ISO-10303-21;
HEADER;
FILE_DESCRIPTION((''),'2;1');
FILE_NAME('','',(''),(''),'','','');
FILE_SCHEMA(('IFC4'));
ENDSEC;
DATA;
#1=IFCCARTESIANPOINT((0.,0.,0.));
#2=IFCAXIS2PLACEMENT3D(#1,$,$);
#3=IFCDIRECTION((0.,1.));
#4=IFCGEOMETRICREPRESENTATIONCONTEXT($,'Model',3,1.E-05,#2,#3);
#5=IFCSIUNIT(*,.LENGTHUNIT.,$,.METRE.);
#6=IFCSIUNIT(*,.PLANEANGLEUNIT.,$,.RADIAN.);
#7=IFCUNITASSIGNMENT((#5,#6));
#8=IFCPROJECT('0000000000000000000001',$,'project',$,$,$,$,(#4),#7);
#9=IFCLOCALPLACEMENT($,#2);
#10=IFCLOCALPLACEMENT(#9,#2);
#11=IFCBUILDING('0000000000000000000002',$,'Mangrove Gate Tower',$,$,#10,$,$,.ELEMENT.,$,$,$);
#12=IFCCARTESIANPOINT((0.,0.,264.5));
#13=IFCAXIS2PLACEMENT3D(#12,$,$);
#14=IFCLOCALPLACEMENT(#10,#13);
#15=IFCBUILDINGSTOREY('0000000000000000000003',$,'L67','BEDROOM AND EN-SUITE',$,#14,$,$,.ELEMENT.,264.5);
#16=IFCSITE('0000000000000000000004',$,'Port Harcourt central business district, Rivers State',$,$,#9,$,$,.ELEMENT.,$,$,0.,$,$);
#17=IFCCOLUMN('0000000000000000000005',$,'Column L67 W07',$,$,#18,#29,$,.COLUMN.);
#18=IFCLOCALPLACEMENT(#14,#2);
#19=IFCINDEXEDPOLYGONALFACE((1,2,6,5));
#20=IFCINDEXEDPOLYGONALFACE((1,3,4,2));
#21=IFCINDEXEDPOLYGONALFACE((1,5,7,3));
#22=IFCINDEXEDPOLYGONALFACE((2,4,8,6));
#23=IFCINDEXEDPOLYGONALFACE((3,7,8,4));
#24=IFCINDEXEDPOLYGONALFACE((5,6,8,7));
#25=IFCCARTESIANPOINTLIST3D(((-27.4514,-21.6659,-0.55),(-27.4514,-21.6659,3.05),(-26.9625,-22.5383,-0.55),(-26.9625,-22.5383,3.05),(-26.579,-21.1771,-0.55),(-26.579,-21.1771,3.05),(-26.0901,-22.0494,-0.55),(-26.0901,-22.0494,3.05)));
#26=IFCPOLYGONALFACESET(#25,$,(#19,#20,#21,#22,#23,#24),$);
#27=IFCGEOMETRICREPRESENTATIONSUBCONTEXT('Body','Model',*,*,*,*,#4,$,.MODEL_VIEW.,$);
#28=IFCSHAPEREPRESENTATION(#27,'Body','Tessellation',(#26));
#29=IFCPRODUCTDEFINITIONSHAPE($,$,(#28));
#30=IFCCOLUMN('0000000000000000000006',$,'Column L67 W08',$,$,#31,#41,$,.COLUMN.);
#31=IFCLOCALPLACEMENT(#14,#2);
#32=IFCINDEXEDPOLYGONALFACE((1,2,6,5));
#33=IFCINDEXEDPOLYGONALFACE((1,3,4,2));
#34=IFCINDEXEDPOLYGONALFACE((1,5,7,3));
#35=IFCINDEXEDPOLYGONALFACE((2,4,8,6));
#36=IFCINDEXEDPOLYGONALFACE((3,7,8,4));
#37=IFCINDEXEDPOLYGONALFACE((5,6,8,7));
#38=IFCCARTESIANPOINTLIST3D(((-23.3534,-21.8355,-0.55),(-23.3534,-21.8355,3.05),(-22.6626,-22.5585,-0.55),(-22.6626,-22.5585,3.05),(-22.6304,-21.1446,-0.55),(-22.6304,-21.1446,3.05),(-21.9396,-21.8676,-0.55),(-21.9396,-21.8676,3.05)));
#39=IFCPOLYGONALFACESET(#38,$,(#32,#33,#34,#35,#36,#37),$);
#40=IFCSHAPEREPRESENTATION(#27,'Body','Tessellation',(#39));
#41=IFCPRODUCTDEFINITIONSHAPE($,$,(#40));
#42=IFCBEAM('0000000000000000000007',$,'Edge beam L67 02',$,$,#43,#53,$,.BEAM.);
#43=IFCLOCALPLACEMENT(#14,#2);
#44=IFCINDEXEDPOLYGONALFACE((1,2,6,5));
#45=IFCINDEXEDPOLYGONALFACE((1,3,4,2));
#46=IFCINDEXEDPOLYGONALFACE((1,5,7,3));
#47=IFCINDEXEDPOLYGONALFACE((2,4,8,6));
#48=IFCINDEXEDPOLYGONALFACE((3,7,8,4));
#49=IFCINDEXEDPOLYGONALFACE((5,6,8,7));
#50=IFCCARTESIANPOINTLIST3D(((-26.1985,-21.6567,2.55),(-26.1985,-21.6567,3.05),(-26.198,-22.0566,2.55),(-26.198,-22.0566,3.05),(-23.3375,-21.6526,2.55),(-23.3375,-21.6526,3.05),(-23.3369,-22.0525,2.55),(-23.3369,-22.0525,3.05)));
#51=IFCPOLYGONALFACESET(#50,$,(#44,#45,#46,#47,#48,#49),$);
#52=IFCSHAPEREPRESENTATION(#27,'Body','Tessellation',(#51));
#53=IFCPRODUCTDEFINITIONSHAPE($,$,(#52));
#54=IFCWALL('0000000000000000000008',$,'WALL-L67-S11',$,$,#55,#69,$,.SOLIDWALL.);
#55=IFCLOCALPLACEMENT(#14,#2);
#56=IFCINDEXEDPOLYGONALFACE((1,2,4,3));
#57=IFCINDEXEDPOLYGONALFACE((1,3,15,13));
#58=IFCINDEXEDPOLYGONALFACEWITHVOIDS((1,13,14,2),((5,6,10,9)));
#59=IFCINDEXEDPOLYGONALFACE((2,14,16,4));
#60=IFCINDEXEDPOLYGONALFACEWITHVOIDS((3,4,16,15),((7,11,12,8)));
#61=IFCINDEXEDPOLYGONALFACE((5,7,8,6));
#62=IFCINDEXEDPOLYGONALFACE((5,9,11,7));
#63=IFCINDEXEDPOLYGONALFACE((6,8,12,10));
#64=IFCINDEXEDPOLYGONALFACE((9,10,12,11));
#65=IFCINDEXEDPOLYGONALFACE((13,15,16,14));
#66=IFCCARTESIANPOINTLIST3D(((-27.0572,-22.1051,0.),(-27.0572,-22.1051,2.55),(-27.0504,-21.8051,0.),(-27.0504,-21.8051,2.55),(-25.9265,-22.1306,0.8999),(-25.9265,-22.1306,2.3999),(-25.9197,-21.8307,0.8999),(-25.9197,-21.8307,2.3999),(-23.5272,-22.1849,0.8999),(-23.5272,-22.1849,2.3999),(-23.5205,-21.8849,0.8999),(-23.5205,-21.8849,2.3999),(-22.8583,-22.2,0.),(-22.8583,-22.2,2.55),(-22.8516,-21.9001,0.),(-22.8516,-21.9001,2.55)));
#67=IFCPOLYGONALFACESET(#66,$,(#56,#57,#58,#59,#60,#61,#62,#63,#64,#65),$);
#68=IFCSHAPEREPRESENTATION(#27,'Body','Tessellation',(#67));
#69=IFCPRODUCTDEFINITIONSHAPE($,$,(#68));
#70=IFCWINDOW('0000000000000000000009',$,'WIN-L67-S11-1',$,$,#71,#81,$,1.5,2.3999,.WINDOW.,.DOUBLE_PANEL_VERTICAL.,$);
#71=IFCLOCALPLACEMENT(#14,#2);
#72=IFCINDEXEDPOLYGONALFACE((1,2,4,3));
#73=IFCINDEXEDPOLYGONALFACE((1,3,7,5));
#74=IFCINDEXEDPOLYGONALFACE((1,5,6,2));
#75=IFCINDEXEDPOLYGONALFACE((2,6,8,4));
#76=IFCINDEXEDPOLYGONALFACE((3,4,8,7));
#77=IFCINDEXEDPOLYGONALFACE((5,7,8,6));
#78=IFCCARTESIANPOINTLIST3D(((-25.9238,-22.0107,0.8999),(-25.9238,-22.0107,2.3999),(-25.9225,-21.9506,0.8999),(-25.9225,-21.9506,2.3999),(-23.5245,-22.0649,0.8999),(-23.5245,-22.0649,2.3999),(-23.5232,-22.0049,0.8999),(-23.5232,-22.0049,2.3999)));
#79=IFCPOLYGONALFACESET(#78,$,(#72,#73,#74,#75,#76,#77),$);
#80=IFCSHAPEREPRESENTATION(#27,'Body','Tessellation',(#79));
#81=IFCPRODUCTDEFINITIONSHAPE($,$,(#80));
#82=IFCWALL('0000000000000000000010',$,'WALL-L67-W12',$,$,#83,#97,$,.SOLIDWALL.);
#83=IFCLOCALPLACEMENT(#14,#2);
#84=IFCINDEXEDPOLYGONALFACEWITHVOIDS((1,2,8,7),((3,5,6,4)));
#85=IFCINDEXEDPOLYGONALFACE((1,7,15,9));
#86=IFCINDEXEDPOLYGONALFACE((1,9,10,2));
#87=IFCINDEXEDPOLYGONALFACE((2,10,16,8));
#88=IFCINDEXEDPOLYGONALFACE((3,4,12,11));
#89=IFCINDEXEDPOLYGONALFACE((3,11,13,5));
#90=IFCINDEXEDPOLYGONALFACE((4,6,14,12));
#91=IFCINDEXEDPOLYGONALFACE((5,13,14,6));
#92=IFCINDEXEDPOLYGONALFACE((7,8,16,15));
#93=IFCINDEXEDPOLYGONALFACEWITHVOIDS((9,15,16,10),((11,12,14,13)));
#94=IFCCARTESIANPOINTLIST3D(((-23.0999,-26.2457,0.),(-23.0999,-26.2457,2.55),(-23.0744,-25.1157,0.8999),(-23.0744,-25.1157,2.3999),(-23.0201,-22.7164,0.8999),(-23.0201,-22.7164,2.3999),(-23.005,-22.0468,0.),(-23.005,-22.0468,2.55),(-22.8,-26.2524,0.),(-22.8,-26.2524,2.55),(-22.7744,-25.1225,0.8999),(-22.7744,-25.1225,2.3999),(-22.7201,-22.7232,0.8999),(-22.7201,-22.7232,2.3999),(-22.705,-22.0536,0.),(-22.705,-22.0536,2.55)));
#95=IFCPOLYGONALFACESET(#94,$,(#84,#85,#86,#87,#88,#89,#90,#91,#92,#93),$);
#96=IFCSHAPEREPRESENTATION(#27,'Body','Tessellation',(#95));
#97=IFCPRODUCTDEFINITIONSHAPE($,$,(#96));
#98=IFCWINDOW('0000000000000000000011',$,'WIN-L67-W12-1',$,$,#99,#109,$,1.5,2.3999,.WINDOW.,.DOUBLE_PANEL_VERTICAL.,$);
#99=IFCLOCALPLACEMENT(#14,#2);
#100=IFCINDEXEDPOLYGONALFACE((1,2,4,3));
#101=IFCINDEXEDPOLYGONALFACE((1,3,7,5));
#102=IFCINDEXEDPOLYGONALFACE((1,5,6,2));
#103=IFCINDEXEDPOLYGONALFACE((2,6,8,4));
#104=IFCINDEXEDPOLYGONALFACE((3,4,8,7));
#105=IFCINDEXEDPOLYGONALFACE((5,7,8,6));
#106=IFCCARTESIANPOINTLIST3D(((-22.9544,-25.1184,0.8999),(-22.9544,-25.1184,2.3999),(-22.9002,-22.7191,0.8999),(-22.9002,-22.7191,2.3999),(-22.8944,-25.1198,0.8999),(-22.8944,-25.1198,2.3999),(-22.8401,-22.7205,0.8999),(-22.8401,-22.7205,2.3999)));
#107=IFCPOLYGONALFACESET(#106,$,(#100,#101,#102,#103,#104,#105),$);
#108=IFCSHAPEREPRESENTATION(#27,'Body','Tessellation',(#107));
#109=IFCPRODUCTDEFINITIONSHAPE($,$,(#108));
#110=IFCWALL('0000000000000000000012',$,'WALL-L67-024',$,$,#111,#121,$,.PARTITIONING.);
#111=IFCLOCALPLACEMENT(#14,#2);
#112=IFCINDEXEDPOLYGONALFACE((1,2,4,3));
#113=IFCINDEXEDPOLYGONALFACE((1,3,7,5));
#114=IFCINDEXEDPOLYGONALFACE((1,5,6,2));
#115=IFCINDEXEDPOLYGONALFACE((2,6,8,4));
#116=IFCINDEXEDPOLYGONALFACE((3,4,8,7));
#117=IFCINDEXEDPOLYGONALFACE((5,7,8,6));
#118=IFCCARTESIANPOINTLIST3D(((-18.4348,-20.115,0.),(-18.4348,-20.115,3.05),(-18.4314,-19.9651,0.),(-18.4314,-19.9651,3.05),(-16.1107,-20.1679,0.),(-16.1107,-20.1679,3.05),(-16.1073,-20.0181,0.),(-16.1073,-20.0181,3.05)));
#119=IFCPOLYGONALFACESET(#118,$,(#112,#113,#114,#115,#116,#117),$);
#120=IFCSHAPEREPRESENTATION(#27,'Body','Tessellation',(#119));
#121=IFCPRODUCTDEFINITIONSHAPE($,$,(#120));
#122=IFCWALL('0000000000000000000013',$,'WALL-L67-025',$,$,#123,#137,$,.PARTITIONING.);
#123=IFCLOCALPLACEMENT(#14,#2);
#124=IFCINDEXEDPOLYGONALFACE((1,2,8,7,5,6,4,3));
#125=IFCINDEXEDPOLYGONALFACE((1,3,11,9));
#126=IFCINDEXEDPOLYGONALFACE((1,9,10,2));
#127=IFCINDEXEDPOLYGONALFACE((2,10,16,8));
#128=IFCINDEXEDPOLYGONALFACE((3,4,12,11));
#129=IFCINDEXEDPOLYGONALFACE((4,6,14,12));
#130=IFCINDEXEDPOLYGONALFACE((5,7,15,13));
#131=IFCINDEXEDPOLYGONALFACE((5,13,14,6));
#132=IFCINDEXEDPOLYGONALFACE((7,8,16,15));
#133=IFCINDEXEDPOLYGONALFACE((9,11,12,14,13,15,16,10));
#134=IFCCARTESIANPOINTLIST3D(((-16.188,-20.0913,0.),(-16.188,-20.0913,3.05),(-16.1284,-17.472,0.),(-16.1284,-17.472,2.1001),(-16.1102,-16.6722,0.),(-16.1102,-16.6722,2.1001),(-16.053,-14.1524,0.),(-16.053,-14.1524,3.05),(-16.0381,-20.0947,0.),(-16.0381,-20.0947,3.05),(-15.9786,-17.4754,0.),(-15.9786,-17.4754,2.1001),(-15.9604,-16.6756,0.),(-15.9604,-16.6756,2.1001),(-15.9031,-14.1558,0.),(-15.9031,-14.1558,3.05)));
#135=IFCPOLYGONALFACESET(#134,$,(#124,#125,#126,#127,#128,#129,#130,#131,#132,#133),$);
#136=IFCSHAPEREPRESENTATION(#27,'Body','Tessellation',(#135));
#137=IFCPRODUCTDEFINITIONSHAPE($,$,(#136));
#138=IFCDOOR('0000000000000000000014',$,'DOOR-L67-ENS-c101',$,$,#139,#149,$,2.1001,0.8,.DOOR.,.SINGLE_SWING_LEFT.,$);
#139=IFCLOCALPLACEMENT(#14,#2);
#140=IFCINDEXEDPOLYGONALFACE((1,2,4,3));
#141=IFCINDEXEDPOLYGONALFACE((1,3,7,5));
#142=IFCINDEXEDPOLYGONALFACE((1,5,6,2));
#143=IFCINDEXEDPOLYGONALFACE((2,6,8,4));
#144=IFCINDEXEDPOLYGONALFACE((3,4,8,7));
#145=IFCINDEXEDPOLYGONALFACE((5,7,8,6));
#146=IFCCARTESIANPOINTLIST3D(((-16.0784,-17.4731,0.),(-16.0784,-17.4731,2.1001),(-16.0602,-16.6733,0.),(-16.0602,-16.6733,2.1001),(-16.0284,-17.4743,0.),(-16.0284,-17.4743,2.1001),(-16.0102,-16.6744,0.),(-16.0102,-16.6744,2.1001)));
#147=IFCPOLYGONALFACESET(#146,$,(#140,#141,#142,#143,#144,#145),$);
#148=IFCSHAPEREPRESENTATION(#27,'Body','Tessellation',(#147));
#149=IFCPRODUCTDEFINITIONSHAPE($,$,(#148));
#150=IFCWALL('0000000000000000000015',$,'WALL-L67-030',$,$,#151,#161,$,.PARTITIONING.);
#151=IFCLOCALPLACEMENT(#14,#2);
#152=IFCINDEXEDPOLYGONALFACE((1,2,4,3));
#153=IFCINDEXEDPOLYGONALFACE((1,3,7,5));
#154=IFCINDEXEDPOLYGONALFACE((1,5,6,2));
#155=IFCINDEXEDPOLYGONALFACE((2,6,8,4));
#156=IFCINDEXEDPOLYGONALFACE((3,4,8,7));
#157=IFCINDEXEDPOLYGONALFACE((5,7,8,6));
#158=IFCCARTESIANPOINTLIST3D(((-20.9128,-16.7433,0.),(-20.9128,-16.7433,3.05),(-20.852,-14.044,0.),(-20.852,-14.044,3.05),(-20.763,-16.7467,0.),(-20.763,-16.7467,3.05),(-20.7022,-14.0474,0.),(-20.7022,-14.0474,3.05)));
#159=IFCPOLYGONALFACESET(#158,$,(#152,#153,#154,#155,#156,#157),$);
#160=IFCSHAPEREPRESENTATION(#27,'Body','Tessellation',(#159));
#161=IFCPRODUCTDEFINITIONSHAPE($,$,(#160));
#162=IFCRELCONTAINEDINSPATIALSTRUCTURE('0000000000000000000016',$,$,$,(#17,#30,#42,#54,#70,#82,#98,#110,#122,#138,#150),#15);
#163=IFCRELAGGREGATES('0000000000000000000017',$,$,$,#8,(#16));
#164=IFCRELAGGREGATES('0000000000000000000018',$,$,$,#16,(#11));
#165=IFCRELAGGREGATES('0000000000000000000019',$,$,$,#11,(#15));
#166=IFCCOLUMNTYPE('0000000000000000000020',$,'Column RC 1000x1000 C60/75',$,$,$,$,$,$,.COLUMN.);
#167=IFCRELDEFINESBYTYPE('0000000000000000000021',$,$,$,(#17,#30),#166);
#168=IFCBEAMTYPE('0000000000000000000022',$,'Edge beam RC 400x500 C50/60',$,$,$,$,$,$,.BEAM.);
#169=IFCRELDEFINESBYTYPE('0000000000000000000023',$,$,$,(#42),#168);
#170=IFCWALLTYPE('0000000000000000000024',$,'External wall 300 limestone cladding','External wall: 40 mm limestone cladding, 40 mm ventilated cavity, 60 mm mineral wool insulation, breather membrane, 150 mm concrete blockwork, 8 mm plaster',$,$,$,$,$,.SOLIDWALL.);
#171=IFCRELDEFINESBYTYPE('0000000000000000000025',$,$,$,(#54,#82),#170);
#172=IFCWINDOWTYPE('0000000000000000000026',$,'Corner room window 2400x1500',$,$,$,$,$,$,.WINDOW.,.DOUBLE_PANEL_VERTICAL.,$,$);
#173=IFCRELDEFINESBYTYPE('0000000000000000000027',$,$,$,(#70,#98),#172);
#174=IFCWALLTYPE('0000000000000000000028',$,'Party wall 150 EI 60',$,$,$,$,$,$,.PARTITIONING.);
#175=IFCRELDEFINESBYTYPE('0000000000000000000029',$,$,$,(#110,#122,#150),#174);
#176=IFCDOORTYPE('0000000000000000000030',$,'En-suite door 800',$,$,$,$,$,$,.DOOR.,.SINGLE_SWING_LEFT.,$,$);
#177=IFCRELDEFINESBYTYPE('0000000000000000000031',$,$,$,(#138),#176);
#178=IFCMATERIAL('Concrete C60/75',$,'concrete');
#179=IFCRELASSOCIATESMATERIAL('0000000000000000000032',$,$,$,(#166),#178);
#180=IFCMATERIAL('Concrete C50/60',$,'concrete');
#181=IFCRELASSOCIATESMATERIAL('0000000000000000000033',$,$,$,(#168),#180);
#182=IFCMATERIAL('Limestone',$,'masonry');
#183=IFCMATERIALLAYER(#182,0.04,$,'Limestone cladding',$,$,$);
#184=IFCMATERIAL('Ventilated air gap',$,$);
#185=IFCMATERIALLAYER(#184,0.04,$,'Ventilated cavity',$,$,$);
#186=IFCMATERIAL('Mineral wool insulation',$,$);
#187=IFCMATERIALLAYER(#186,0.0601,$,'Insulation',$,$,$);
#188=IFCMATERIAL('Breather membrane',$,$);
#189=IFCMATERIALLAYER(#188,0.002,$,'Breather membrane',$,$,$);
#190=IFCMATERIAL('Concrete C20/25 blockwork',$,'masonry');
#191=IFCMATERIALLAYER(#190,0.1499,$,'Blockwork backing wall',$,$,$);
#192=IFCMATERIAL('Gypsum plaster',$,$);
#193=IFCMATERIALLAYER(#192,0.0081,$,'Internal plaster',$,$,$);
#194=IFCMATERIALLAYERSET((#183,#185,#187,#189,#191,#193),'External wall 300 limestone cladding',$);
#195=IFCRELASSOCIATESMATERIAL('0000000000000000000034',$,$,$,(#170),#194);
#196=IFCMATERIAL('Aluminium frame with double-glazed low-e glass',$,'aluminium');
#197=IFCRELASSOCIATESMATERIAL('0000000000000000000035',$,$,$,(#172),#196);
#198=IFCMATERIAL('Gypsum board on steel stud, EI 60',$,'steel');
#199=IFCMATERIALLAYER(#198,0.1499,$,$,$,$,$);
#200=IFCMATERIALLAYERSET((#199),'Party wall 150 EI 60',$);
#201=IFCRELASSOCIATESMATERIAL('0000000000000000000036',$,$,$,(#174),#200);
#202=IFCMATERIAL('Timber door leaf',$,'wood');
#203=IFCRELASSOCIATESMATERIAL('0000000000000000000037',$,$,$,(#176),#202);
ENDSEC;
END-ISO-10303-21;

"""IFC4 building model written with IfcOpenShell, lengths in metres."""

from ifc_helpers import new_model, si_unit, direction, frame, frame_2d, origin, origin_2d, place, context, subcontext, project, spatial, rectangle, extrude, material, layer, layer_set, material_profile, profile_set, type_object, element, fill, save


model = new_model("IFC4")

# Units and contexts
model_context = context("Model", 3, precision=1e-05, world=origin(), true_north=direction((0.0, 1.0)))
body_context = subcontext(model_context, "Body", "Model", "MODEL_VIEW")
ifc_project = project(units=[si_unit("LENGTHUNIT", "METRE"), si_unit("PLANEANGLEUNIT", "RADIAN")], contexts=[model_context])

# Site, building, storey
site_placement = place(None, origin())
site = spatial("IfcSite", under=ifc_project, at=site_placement, Name="Port Harcourt central business district, Rivers State", CompositionType="ELEMENT", RefElevation=0.0)
building_placement = place(site_placement, origin())
building = spatial("IfcBuilding", under=site, at=building_placement, Name="Mangrove Gate Tower", CompositionType="ELEMENT")
storey_placement = place(building_placement, frame((0.0, 0.0, 264.5)))
storey = spatial("IfcBuildingStorey", under=building, at=storey_placement, Name="L67", Description="BEDROOM AND EN-SUITE", CompositionType="ELEMENT", Elevation=264.5)

# Columns
ifc_material_1 = material(Name="Concrete C60/75", Category="concrete")
ifc_material_profile_1 = material_profile(ifc_material_1, rectangle(XDim=1.0, YDim=1.0, at=origin_2d()))
ifc_profile_set_1 = profile_set([ifc_material_profile_1], Name="Concrete C60/75")
column_type = type_object("IfcColumnType", Name="Column RC 1000x1000 C60/75", PredefinedType="COLUMN", material=ifc_profile_set_1)
for number, where, z_axis, x_axis, name in (
    (1, (-26.7708, -21.8577, -0.55), (0.0, 0.0, 1.0), (0.488847, -0.87237, 0.0), "Column L67 W07"),
    (2, (-22.6465, -21.8516, -0.55), (0.0, 0.0, 1.0), (0.690844, -0.723004, 0.0), "Column L67 W08"),
):
    element("IfcColumn", number, at=place(storey_placement, frame(where, z_axis=z_axis, x_axis=x_axis)), inside=storey, type_object=column_type, Name=name, PredefinedType="COLUMN", context=body_context, shape_type="SweptSolid", body=[
        extrude(rectangle(XDim=1.0, YDim=1.0, at=origin_2d()), origin(), (0.0, 0.0, 1.0), 3.6001),
    ])

# Beam
ifc_material_2 = material(Name="Concrete C50/60", Category="concrete")
ifc_material_profile_2 = material_profile(ifc_material_2, rectangle(XDim=0.3999, YDim=0.5, at=origin_2d()))
ifc_profile_set_2 = profile_set([ifc_material_profile_2], Name="Concrete C50/60")
beam_type = type_object("IfcBeamType", Name="Edge beam RC 400x500 C50/60", PredefinedType="BEAM", material=ifc_profile_set_2)
beam_placement = place(storey_placement, frame((-26.1982, -21.8567, 2.8), z_axis=(0.999999, 0.001451, 0.0), x_axis=(-0.001451, 0.999999, 0.0)))
element("IfcBeam", 3, at=beam_placement, inside=storey, type_object=beam_type, Name="Edge beam L67 02", PredefinedType="BEAM", context=body_context, shape_type="SweptSolid", body=[
    extrude(rectangle(XDim=0.3999, YDim=0.5, at=origin_2d()), origin(), (0.0, 0.0, 1.0), 2.8611),
])

# Walls, openings, windows
ifc_material_3 = material(Name="Limestone", Category="masonry")
ifc_layer_1 = layer(ifc_material_3, 0.04, Name="Limestone cladding")
ifc_material_4 = material(Name="Ventilated air gap")
ifc_layer_2 = layer(ifc_material_4, 0.04, Name="Ventilated cavity")
ifc_material_5 = material(Name="Mineral wool insulation")
ifc_layer_3 = layer(ifc_material_5, 0.0601, Name="Insulation")
ifc_material_6 = material(Name="Breather membrane")
ifc_layer_4 = layer(ifc_material_6, 0.002, Name="Breather membrane")
ifc_material_7 = material(Name="Concrete C20/25 blockwork", Category="masonry")
ifc_layer_5 = layer(ifc_material_7, 0.1499, Name="Blockwork backing wall")
ifc_material_8 = material(Name="Gypsum plaster")
ifc_layer_6 = layer(ifc_material_8, 0.0081, Name="Internal plaster")
ifc_layer_set_1 = layer_set([ifc_layer_1, ifc_layer_2, ifc_layer_3, ifc_layer_4, ifc_layer_5, ifc_layer_6], Name="External wall 300 limestone cladding")
wall_type_1 = type_object("IfcWallType", Name="External wall 300 limestone cladding", Description="External wall: 40 mm limestone cladding, 40 mm ventilated cavity, 60 mm mineral wool insulation, breather membrane, 150 mm concrete blockwork, 8 mm plaster", PredefinedType="SOLIDWALL", material=ifc_layer_set_1)
wall_1_placement = place(storey_placement, frame((-27.054, -21.9551, 0.0), z_axis=(0.0, 0.0, 1.0), x_axis=(0.999744, -0.022612, 0.0)))
wall_1 = element("IfcWall", 4, at=wall_1_placement, inside=storey, type_object=wall_type_1, Name="WALL-L67-S11", PredefinedType="SOLIDWALL", context=body_context, shape_type="SweptSolid", body=[
    extrude(rectangle(XDim=4.2, YDim=0.3, at=frame_2d((2.1001, 0.0))), origin(), (0.0, 0.0, 1.0), 2.55),
])
opening_1_placement = place(wall_1_placement, frame((1.1311, 0.0, 0.8999)))
opening_1 = element("IfcOpeningElement", 5, at=opening_1_placement, cuts=wall_1, PredefinedType="OPENING", context=body_context, shape_type="SweptSolid", body=[
    extrude(rectangle(XDim=2.3999, YDim=1.5, at=frame_2d((1.2, 0.75))), frame((0.0, 0.1599, 0.0), z_axis=(0.0, -1.0, 0.0), x_axis=(1.0, 0.0, 0.0)), (0.0, 0.0, 1.0), 0.3201),
])
ifc_material_9 = material(Name="Aluminium frame with double-glazed low-e glass", Category="aluminium")
window_type = type_object("IfcWindowType", Name="Corner room window 2400x1500", PartitioningType="DOUBLE_PANEL_VERTICAL", PredefinedType="WINDOW", material=ifc_material_9)
window_1_placement = place(opening_1_placement, origin())
window_1 = element("IfcWindow", 6, at=window_1_placement, inside=storey, type_object=window_type, Name="WIN-L67-S11-1", OverallHeight=1.5, OverallWidth=2.3999, PartitioningType="DOUBLE_PANEL_VERTICAL", PredefinedType="WINDOW", context=body_context, shape_type="SweptSolid", body=[
    extrude(rectangle(XDim=2.3999, YDim=1.5, at=frame_2d((1.2, 0.75))), frame((0.0, 0.03, 0.0), z_axis=(0.0, -1.0, 0.0), x_axis=(1.0, 0.0, 0.0)), (0.0, 0.0, 1.0), 0.0601),
])
fill(opening_1, window_1)
wall_2_placement = place(storey_placement, frame((-22.855, -22.05, 0.0), z_axis=(0.0, 0.0, 1.0), x_axis=(-0.022612, -0.999744, 0.0)))
wall_2 = element("IfcWall", 7, at=wall_2_placement, inside=storey, type_object=wall_type_1, Name="WALL-L67-W12", PredefinedType="SOLIDWALL", context=body_context, shape_type="SweptSolid", body=[
    extrude(rectangle(XDim=4.2, YDim=0.3, at=frame_2d((2.1001, 0.0))), origin(), (0.0, 0.0, 1.0), 2.55),
])
opening_2_placement = place(wall_2_placement, frame((0.6699, 0.0, 0.8999)))
opening_2 = element("IfcOpeningElement", 8, at=opening_2_placement, cuts=wall_2, PredefinedType="OPENING", context=body_context, shape_type="SweptSolid", body=[
    extrude(rectangle(XDim=2.3999, YDim=1.5, at=frame_2d((1.2, 0.75))), frame((0.0, 0.1599, 0.0), z_axis=(0.0, -1.0, 0.0), x_axis=(1.0, 0.0, 0.0)), (0.0, 0.0, 1.0), 0.3201),
])
window_2_placement = place(opening_2_placement, origin())
window_2 = element("IfcWindow", 9, at=window_2_placement, inside=storey, type_object=window_type, Name="WIN-L67-W12-1", OverallHeight=1.5, OverallWidth=2.3999, PartitioningType="DOUBLE_PANEL_VERTICAL", PredefinedType="WINDOW", context=body_context, shape_type="SweptSolid", body=[
    extrude(rectangle(XDim=2.3999, YDim=1.5, at=frame_2d((1.2, 0.75))), frame((0.0, 0.03, 0.0), z_axis=(0.0, -1.0, 0.0), x_axis=(1.0, 0.0, 0.0)), (0.0, 0.0, 1.0), 0.0601),
])
fill(opening_2, window_2)

# Wall
ifc_material_10 = material(Name="Gypsum board on steel stud, EI 60", Category="steel")
ifc_layer_7 = layer(ifc_material_10, 0.1499)
ifc_layer_set_2 = layer_set([ifc_layer_7], Name="Party wall 150 EI 60")
wall_type_2 = type_object("IfcWallType", Name="Party wall 150 EI 60", PredefinedType="PARTITIONING", material=ifc_layer_set_2)
wall_3_placement = place(storey_placement, frame((-18.4331, -20.04, 0.0), z_axis=(0.0, 0.0, 1.0), x_axis=(0.99974, -0.022788, 0.0)))
element("IfcWall", 10, at=wall_3_placement, inside=storey, type_object=wall_type_2, Name="WALL-L67-024", PredefinedType="PARTITIONING", context=body_context, shape_type="SweptSolid", body=[
    extrude(rectangle(XDim=2.3247, YDim=0.1499, at=frame_2d((1.1624, 0.0))), origin(), (0.0, 0.0, 1.0), 3.05),
])

# Wall, opening, door
wall_4_placement = place(storey_placement, frame((-16.113, -20.093, 0.0), z_axis=(0.0, 0.0, 1.0), x_axis=(0.022727, 0.999742, 0.0)))
wall_4 = element("IfcWall", 11, at=wall_4_placement, inside=storey, type_object=wall_type_2, Name="WALL-L67-025", PredefinedType="PARTITIONING", context=body_context, shape_type="SweptSolid", body=[
    extrude(rectangle(XDim=5.9404, YDim=0.1499, at=frame_2d((2.9702, 0.0))), origin(), (0.0, 0.0, 1.0), 3.05),
])
opening_3_placement = place(wall_4_placement, frame((2.6201, 0.0, 0.0)))
opening_3 = element("IfcOpeningElement", 12, at=opening_3_placement, cuts=wall_4, PredefinedType="OPENING", context=body_context, shape_type="SweptSolid", body=[
    extrude(rectangle(XDim=0.8, YDim=2.1001, at=frame_2d((0.3999, 1.05))), frame((0.0, 0.085, 0.0), z_axis=(0.0, -1.0, 0.0), x_axis=(1.0, 0.0, 0.0)), (0.0, 0.0, 1.0), 0.1699),
])
ifc_material_11 = material(Name="Timber door leaf", Category="wood")
door_type = type_object("IfcDoorType", Name="En-suite door 800", OperationType="SINGLE_SWING_LEFT", PredefinedType="DOOR", material=ifc_material_11)
door_placement = place(opening_3_placement, origin())
door = element("IfcDoor", 13, at=door_placement, inside=storey, type_object=door_type, Name="DOOR-L67-ENS-c101", OperationType="SINGLE_SWING_LEFT", OverallHeight=2.1001, OverallWidth=0.8, PredefinedType="DOOR", context=body_context, shape_type="SweptSolid", body=[
    extrude(rectangle(XDim=0.8, YDim=2.1001, at=frame_2d((0.3999, 1.05))), frame((0.0, 0.0249, 0.0), z_axis=(0.0, -1.0, 0.0), x_axis=(1.0, 0.0, 0.0)), (0.0, 0.0, 1.0), 0.05),
])
fill(opening_3, door)

# Wall
wall_5_placement = place(storey_placement, frame((-20.8379, -16.7451, 0.0), z_axis=(0.0, 0.0, 1.0), x_axis=(0.022516, 0.999746, 0.0)))
element("IfcWall", 14, at=wall_5_placement, inside=storey, type_object=wall_type_2, Name="WALL-L67-030", PredefinedType="PARTITIONING", context=body_context, shape_type="SweptSolid", body=[
    extrude(rectangle(XDim=2.7, YDim=0.1499, at=frame_2d((1.3501, 0.0))), origin(), (0.0, 0.0, 1.0), 3.05),
])

save(model, "model.ifc")
